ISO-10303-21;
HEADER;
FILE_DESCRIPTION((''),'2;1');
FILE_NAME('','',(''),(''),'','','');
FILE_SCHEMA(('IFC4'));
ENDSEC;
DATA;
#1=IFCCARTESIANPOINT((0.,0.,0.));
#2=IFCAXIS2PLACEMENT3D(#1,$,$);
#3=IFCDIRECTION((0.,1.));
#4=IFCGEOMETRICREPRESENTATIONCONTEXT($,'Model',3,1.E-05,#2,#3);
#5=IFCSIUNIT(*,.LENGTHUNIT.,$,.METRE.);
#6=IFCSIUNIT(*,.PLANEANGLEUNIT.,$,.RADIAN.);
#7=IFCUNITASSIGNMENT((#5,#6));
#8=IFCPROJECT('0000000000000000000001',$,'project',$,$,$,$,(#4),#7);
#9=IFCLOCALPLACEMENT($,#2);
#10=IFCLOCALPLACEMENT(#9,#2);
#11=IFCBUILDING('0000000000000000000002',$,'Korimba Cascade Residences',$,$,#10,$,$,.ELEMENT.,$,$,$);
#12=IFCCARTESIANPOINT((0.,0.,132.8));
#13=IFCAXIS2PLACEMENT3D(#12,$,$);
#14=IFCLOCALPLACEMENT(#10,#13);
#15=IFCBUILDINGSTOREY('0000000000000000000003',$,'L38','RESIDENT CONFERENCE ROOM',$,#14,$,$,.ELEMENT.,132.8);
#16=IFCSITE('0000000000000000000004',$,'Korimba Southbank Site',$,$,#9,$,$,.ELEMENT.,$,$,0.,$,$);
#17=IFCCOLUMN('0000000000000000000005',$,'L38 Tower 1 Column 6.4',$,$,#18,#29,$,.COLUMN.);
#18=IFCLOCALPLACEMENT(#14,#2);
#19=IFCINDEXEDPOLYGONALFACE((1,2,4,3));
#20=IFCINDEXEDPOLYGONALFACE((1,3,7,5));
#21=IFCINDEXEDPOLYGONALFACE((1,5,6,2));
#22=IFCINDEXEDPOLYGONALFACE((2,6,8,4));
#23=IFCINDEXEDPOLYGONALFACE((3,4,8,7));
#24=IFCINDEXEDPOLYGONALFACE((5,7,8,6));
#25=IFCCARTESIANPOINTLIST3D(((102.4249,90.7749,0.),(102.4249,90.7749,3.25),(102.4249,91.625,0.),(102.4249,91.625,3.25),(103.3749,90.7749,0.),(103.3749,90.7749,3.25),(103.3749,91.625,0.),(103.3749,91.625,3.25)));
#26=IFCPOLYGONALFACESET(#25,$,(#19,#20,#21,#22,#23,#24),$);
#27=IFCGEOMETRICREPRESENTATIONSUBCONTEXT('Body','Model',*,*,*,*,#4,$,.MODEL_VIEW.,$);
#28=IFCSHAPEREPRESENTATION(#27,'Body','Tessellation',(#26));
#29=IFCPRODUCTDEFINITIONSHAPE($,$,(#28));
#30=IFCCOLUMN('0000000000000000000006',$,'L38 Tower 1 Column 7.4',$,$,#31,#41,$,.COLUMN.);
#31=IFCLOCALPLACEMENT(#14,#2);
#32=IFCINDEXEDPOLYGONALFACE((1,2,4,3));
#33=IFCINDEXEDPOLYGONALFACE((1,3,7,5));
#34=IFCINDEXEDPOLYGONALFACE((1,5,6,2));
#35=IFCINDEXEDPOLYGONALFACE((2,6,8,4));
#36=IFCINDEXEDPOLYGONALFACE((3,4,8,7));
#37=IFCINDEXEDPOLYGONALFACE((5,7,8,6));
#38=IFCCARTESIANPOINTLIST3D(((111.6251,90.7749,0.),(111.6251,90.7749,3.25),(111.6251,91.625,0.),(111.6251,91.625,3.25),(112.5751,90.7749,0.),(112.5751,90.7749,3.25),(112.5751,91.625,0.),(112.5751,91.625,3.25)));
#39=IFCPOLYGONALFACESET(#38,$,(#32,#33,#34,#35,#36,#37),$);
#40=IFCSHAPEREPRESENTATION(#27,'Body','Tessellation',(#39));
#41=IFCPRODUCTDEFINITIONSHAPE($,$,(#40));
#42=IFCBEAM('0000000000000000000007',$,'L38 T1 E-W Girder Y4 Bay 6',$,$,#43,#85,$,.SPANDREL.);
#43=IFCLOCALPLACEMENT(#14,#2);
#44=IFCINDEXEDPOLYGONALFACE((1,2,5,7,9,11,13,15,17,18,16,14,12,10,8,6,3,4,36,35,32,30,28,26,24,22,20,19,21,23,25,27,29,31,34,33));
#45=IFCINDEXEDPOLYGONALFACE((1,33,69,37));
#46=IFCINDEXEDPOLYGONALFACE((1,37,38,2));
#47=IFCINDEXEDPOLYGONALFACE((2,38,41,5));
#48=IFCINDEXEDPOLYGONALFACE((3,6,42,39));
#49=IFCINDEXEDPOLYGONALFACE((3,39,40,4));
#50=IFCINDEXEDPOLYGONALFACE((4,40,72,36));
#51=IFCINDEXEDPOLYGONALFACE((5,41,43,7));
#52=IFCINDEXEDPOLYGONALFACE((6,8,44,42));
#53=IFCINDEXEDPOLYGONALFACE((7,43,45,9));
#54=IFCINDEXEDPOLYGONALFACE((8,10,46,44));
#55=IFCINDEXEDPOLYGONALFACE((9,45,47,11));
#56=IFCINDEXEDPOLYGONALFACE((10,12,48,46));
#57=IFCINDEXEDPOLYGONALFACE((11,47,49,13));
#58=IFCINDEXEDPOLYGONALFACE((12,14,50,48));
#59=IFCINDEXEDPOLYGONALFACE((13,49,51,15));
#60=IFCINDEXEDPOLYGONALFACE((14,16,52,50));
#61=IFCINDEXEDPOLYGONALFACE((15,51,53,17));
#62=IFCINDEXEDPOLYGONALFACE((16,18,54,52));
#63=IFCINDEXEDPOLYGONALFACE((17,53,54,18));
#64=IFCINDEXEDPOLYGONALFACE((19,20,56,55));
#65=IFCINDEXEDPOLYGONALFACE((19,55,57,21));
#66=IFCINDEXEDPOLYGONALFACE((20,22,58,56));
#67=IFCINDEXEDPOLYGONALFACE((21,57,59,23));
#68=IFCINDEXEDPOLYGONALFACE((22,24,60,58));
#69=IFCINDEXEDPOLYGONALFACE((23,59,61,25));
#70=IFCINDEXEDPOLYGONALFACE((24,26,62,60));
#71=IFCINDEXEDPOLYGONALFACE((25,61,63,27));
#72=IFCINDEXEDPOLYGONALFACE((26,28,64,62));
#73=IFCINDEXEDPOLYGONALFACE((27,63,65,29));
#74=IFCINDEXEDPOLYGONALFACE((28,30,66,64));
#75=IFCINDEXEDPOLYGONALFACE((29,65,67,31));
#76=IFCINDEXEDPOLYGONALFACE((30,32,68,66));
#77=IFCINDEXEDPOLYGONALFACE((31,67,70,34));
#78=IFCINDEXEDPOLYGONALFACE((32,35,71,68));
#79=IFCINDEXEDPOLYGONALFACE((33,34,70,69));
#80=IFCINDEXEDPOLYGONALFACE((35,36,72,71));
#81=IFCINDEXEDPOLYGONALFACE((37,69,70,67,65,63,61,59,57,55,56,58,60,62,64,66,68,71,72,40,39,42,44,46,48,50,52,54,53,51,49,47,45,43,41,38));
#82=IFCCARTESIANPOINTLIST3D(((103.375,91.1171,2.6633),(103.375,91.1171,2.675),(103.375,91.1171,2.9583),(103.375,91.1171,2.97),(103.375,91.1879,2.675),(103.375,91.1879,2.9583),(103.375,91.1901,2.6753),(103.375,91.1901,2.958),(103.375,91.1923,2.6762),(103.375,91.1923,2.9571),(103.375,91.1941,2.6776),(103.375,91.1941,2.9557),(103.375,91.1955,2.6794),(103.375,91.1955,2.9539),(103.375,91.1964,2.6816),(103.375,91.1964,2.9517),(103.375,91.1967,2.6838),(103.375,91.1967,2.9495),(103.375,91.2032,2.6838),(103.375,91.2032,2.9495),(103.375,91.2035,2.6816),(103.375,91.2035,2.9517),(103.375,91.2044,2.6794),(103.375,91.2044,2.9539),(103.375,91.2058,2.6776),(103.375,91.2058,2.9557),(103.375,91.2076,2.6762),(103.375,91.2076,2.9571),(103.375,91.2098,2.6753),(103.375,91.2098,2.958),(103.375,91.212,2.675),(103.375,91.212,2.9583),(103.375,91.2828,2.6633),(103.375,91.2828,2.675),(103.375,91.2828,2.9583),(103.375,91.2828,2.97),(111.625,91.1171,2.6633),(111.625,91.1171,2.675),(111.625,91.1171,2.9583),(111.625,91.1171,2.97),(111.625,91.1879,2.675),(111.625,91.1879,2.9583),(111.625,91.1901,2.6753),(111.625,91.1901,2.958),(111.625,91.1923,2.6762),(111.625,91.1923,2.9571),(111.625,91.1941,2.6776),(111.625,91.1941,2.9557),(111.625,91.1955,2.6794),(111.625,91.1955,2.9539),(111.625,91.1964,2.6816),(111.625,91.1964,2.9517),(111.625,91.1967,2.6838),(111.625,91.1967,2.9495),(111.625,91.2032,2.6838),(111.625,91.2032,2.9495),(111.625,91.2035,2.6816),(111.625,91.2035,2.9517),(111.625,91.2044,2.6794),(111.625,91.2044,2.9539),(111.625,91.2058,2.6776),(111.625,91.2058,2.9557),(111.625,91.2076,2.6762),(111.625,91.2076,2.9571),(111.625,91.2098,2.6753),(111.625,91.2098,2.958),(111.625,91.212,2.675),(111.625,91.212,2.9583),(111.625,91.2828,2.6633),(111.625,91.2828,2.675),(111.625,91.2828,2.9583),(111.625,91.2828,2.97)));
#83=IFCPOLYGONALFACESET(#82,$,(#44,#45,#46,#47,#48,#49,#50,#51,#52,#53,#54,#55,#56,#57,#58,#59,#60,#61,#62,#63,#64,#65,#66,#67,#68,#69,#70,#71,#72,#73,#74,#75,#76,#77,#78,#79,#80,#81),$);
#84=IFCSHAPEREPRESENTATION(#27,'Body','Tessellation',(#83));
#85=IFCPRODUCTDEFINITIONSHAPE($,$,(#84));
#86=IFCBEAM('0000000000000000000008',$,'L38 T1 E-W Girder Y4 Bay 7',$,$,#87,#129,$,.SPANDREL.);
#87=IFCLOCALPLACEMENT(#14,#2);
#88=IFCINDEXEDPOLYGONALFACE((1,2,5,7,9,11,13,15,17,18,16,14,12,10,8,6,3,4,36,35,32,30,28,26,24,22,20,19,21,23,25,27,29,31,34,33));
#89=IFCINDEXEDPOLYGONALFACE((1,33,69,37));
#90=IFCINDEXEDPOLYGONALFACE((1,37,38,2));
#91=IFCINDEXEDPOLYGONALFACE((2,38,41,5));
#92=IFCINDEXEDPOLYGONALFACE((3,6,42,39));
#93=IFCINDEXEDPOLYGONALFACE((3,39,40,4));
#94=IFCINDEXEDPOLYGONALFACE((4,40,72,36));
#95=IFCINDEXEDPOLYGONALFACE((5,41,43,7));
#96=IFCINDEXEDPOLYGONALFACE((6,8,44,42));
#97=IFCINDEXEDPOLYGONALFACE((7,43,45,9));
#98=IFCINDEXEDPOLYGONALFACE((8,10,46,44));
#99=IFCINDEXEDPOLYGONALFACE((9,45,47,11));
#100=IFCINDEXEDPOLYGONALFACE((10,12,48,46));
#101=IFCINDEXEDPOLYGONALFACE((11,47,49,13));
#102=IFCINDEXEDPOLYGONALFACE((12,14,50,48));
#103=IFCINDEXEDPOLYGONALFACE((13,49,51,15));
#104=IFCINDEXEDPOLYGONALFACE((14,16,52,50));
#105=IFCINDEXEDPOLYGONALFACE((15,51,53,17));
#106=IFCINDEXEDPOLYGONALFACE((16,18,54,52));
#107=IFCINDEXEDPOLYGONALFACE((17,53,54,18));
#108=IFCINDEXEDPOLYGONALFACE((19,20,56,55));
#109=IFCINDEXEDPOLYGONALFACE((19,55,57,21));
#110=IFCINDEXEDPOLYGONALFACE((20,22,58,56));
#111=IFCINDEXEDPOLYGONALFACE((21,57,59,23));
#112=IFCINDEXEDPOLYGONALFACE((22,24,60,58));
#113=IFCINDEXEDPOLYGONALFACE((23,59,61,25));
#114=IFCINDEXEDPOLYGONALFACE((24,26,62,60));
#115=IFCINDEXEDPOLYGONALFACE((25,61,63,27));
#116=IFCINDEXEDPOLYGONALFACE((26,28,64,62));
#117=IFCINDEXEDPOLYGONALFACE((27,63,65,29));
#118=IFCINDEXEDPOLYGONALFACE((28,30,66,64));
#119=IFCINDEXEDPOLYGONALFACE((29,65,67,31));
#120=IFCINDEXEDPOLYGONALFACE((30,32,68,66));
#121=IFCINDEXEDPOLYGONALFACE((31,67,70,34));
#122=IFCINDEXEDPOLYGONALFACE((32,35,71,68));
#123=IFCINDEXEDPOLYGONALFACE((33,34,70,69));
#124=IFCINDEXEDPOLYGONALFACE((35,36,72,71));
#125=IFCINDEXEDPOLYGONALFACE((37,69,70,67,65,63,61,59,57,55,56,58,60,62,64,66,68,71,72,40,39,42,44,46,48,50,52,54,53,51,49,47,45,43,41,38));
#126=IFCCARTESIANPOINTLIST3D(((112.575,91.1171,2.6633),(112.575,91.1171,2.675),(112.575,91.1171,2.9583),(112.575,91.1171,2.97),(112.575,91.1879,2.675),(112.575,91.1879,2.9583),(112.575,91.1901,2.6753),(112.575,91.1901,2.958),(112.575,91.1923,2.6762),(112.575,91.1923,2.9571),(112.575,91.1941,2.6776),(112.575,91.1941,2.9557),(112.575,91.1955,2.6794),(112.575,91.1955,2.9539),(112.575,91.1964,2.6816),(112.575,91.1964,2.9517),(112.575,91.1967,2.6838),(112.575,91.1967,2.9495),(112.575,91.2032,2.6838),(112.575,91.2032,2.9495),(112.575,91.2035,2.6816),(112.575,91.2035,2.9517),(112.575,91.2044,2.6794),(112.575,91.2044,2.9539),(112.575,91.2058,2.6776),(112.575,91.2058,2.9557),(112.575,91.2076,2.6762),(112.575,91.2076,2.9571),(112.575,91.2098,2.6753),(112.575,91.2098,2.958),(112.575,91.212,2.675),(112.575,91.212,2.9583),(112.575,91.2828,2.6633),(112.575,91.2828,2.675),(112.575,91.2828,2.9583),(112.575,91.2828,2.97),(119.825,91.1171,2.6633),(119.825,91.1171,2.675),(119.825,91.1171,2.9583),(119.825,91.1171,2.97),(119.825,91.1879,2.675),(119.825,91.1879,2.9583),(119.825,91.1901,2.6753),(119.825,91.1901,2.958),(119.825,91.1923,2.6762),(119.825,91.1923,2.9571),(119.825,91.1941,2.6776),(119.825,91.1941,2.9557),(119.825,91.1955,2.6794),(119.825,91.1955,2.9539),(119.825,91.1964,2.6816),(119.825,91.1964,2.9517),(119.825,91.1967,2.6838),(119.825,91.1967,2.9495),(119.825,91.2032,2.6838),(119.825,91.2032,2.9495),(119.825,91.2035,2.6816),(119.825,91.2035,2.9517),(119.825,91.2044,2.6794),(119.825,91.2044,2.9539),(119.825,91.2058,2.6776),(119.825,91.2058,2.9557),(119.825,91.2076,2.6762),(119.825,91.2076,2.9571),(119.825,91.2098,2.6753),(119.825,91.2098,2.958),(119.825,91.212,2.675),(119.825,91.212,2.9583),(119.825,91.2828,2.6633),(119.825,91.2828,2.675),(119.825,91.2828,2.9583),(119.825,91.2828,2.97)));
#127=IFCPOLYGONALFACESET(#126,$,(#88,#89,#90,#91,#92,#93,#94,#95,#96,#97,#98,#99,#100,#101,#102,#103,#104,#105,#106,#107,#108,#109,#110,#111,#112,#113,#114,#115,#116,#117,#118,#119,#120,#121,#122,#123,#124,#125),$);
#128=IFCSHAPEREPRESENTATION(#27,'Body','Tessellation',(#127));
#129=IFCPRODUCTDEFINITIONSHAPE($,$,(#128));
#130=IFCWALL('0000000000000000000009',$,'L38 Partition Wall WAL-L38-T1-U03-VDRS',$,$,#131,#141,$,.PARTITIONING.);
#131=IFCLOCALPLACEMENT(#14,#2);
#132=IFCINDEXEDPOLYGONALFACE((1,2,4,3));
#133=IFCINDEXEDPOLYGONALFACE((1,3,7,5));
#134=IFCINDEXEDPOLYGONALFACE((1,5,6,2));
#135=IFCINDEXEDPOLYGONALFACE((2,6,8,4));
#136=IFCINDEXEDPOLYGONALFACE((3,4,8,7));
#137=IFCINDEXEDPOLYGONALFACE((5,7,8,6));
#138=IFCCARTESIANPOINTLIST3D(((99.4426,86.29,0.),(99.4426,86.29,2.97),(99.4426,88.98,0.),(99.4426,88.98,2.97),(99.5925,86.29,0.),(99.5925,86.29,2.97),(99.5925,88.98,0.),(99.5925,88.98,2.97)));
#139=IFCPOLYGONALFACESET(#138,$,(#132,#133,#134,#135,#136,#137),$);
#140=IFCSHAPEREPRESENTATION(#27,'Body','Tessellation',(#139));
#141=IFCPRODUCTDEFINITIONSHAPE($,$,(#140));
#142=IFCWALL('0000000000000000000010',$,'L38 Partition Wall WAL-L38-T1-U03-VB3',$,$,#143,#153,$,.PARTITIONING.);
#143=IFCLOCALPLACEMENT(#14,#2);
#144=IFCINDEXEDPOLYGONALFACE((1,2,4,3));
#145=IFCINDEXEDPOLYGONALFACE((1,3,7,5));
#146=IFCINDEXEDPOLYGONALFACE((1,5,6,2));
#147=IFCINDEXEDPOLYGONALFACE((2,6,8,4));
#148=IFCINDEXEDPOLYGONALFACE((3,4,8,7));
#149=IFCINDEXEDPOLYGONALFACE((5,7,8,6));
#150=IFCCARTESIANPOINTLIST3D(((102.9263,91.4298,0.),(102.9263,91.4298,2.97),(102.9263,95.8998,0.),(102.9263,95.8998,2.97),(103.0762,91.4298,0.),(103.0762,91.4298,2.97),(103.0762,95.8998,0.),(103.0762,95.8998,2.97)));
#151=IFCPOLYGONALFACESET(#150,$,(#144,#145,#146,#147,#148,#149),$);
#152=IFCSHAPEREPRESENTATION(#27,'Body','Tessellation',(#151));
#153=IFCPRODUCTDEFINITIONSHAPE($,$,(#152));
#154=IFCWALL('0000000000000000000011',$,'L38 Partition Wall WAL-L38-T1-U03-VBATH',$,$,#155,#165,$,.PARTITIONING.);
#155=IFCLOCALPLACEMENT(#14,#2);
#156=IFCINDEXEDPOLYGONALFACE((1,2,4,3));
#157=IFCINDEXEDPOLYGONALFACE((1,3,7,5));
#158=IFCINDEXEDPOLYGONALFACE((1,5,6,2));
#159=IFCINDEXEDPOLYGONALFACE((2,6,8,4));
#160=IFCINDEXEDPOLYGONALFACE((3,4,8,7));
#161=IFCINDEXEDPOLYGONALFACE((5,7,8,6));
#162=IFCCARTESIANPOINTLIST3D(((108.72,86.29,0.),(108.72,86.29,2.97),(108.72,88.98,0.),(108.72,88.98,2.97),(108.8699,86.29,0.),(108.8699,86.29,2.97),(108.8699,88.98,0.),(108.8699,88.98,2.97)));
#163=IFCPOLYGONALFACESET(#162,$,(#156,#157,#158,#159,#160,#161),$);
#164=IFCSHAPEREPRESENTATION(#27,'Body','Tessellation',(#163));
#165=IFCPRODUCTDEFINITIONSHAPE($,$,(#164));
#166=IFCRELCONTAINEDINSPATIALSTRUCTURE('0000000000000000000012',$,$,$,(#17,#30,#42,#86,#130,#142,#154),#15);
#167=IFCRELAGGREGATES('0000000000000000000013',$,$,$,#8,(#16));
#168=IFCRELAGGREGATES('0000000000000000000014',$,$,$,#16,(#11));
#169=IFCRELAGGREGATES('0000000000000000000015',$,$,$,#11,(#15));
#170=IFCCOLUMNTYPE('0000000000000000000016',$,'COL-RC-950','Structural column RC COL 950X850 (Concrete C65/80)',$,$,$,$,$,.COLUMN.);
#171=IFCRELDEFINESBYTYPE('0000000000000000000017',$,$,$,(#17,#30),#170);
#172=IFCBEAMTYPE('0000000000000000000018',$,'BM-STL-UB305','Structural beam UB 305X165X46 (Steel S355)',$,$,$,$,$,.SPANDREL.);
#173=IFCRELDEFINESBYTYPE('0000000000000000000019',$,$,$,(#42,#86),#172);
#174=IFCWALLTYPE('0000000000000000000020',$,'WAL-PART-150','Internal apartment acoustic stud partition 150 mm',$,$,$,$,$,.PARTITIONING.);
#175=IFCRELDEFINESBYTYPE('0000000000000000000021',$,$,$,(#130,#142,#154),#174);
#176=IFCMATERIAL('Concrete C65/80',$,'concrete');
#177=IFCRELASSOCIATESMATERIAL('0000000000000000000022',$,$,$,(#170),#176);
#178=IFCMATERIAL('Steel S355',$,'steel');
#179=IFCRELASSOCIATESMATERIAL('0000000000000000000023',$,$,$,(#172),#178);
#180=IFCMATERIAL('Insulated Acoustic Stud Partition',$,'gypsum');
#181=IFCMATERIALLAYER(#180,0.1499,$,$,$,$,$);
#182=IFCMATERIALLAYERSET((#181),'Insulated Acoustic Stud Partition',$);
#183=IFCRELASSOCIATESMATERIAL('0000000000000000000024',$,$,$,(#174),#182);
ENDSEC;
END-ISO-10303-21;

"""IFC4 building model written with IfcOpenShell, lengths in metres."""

from ifc_helpers import new_model, si_unit, direction, frame, frame_2d, origin, origin_2d, place, context, subcontext, project, spatial, rectangle, i_section, extrude, material, layer, layer_set, material_profile, profile_set, type_object, element, save


model = new_model("IFC4")

# Units and contexts
model_context = context("Model", 3, precision=1e-05, world=origin(), true_north=direction((0.0, 1.0)))
body_context = subcontext(model_context, "Body", "Model", "MODEL_VIEW")
ifc_project = project(units=[si_unit("LENGTHUNIT", "METRE"), si_unit("PLANEANGLEUNIT", "RADIAN")], contexts=[model_context])

# Site, building, storey
site_placement = place(None, origin())
site = spatial("IfcSite", under=ifc_project, at=site_placement, Name="Korimba Southbank Site", CompositionType="ELEMENT", RefElevation=0.0)
building_placement = place(site_placement, origin())
building = spatial("IfcBuilding", under=site, at=building_placement, Name="Korimba Cascade Residences", CompositionType="ELEMENT")
storey_placement = place(building_placement, frame((0.0, 0.0, 132.8)))
storey = spatial("IfcBuildingStorey", under=building, at=storey_placement, Name="L38", Description="RESIDENT CONFERENCE ROOM", CompositionType="ELEMENT", Elevation=132.8)

# Columns
ifc_material_1 = material(Name="Concrete C65/80", Category="concrete")
ifc_material_profile_1 = material_profile(ifc_material_1, rectangle(XDim=0.95, YDim=0.8501, at=origin_2d()), Name="Concrete C65/80")
ifc_profile_set_1 = profile_set([ifc_material_profile_1], Name="Concrete C65/80")
column_type = type_object("IfcColumnType", Name="COL-RC-950", Description="Structural column RC COL 950X850 (Concrete C65/80)", PredefinedType="COLUMN", material=ifc_profile_set_1)
for number, where, z_axis, x_axis, name in (
    (1, (102.8999, 91.2, 0.0), (0.0, 0.0, 1.0), (1.0, 0.0, 0.0), "L38 Tower 1 Column 6.4"),
    (2, (112.1001, 91.2, 0.0), (0.0, 0.0, 1.0), (1.0, 0.0, 0.0), "L38 Tower 1 Column 7.4"),
):
    element("IfcColumn", number, at=place(storey_placement, frame(where, z_axis=z_axis, x_axis=x_axis)), inside=storey, type_object=column_type, Name=name, PredefinedType="COLUMN", context=body_context, shape_type="SweptSolid", body=[
        extrude(rectangle(XDim=0.95, YDim=0.8501, at=origin_2d()), origin(), (0.0, 0.0, 1.0), 3.25),
    ])

# Beams
ifc_material_2 = material(Name="Steel S355", Category="steel")
ifc_material_profile_2 = material_profile(ifc_material_2, i_section(OverallWidth=0.1658, OverallDepth=0.3066, WebThickness=0.0066, FlangeThickness=0.0117, FilletRadius=0.0088, at=origin_2d()), Name="Steel S355")
ifc_profile_set_2 = profile_set([ifc_material_profile_2], Name="Steel S355")
beam_type = type_object("IfcBeamType", Name="BM-STL-UB305", Description="Structural beam UB 305X165X46 (Steel S355)", PredefinedType="SPANDREL", material=ifc_profile_set_2)
beam_1_placement = place(storey_placement, frame((103.375, 91.2, 2.8167), z_axis=(1.0, 0.0, 0.0), x_axis=(0.0, 1.0, 0.0)))
element("IfcBeam", 3, at=beam_1_placement, inside=storey, type_object=beam_type, Name="L38 T1 E-W Girder Y4 Bay 6", PredefinedType="SPANDREL", context=body_context, shape_type="SweptSolid", body=[
    extrude(i_section(OverallWidth=0.1658, OverallDepth=0.3066, WebThickness=0.0066, FlangeThickness=0.0117, FilletRadius=0.0088, at=origin_2d()), origin(), (0.0, 0.0, 1.0), 8.25),
])
beam_2_placement = place(storey_placement, frame((112.575, 91.2, 2.8167), z_axis=(1.0, 0.0, 0.0), x_axis=(0.0, 1.0, 0.0)))
element("IfcBeam", 4, at=beam_2_placement, inside=storey, type_object=beam_type, Name="L38 T1 E-W Girder Y4 Bay 7", PredefinedType="SPANDREL", context=body_context, shape_type="SweptSolid", body=[
    extrude(i_section(OverallWidth=0.1658, OverallDepth=0.3066, WebThickness=0.0066, FlangeThickness=0.0117, FilletRadius=0.0088, at=origin_2d()), origin(), (0.0, 0.0, 1.0), 7.25),
])

# Walls
ifc_material_3 = material(Name="Insulated Acoustic Stud Partition", Category="gypsum")
ifc_layer = layer(ifc_material_3, 0.1499)
ifc_layer_set = layer_set([ifc_layer], Name="Insulated Acoustic Stud Partition")
wall_type = type_object("IfcWallType", Name="WAL-PART-150", Description="Internal apartment acoustic stud partition 150 mm", PredefinedType="PARTITIONING", material=ifc_layer_set)
wall_1_placement = place(storey_placement, frame((99.5176, 86.29, 0.0), z_axis=(0.0, 0.0, 1.0), x_axis=(0.0, 1.0, 0.0)))
element("IfcWall", 5, at=wall_1_placement, inside=storey, type_object=wall_type, Name="L38 Partition Wall WAL-L38-T1-U03-VDRS", PredefinedType="PARTITIONING", context=body_context, shape_type="SweptSolid", body=[
    extrude(rectangle(XDim=2.6899, YDim=0.1499, at=frame_2d((1.345, 0.0))), origin(), (0.0, 0.0, 1.0), 2.97),
])
wall_2_placement = place(storey_placement, frame((103.0012, 91.4299, 0.0), z_axis=(0.0, 0.0, 1.0), x_axis=(0.0, 1.0, 0.0)))
element("IfcWall", 6, at=wall_2_placement, inside=storey, type_object=wall_type, Name="L38 Partition Wall WAL-L38-T1-U03-VB3", PredefinedType="PARTITIONING", context=body_context, shape_type="SweptSolid", body=[
    extrude(rectangle(XDim=4.47, YDim=0.1499, at=frame_2d((2.2349, 0.0))), origin(), (0.0, 0.0, 1.0), 2.97),
])
wall_3_placement = place(storey_placement, frame((108.7949, 86.29, 0.0), z_axis=(0.0, 0.0, 1.0), x_axis=(0.0, 1.0, 0.0)))
element("IfcWall", 7, at=wall_3_placement, inside=storey, type_object=wall_type, Name="L38 Partition Wall WAL-L38-T1-U03-VBATH", PredefinedType="PARTITIONING", context=body_context, shape_type="SweptSolid", body=[
    extrude(rectangle(XDim=2.6899, YDim=0.1499, at=frame_2d((1.345, 0.0))), origin(), (0.0, 0.0, 1.0), 2.97),
])

save(model, "model.ifc")
